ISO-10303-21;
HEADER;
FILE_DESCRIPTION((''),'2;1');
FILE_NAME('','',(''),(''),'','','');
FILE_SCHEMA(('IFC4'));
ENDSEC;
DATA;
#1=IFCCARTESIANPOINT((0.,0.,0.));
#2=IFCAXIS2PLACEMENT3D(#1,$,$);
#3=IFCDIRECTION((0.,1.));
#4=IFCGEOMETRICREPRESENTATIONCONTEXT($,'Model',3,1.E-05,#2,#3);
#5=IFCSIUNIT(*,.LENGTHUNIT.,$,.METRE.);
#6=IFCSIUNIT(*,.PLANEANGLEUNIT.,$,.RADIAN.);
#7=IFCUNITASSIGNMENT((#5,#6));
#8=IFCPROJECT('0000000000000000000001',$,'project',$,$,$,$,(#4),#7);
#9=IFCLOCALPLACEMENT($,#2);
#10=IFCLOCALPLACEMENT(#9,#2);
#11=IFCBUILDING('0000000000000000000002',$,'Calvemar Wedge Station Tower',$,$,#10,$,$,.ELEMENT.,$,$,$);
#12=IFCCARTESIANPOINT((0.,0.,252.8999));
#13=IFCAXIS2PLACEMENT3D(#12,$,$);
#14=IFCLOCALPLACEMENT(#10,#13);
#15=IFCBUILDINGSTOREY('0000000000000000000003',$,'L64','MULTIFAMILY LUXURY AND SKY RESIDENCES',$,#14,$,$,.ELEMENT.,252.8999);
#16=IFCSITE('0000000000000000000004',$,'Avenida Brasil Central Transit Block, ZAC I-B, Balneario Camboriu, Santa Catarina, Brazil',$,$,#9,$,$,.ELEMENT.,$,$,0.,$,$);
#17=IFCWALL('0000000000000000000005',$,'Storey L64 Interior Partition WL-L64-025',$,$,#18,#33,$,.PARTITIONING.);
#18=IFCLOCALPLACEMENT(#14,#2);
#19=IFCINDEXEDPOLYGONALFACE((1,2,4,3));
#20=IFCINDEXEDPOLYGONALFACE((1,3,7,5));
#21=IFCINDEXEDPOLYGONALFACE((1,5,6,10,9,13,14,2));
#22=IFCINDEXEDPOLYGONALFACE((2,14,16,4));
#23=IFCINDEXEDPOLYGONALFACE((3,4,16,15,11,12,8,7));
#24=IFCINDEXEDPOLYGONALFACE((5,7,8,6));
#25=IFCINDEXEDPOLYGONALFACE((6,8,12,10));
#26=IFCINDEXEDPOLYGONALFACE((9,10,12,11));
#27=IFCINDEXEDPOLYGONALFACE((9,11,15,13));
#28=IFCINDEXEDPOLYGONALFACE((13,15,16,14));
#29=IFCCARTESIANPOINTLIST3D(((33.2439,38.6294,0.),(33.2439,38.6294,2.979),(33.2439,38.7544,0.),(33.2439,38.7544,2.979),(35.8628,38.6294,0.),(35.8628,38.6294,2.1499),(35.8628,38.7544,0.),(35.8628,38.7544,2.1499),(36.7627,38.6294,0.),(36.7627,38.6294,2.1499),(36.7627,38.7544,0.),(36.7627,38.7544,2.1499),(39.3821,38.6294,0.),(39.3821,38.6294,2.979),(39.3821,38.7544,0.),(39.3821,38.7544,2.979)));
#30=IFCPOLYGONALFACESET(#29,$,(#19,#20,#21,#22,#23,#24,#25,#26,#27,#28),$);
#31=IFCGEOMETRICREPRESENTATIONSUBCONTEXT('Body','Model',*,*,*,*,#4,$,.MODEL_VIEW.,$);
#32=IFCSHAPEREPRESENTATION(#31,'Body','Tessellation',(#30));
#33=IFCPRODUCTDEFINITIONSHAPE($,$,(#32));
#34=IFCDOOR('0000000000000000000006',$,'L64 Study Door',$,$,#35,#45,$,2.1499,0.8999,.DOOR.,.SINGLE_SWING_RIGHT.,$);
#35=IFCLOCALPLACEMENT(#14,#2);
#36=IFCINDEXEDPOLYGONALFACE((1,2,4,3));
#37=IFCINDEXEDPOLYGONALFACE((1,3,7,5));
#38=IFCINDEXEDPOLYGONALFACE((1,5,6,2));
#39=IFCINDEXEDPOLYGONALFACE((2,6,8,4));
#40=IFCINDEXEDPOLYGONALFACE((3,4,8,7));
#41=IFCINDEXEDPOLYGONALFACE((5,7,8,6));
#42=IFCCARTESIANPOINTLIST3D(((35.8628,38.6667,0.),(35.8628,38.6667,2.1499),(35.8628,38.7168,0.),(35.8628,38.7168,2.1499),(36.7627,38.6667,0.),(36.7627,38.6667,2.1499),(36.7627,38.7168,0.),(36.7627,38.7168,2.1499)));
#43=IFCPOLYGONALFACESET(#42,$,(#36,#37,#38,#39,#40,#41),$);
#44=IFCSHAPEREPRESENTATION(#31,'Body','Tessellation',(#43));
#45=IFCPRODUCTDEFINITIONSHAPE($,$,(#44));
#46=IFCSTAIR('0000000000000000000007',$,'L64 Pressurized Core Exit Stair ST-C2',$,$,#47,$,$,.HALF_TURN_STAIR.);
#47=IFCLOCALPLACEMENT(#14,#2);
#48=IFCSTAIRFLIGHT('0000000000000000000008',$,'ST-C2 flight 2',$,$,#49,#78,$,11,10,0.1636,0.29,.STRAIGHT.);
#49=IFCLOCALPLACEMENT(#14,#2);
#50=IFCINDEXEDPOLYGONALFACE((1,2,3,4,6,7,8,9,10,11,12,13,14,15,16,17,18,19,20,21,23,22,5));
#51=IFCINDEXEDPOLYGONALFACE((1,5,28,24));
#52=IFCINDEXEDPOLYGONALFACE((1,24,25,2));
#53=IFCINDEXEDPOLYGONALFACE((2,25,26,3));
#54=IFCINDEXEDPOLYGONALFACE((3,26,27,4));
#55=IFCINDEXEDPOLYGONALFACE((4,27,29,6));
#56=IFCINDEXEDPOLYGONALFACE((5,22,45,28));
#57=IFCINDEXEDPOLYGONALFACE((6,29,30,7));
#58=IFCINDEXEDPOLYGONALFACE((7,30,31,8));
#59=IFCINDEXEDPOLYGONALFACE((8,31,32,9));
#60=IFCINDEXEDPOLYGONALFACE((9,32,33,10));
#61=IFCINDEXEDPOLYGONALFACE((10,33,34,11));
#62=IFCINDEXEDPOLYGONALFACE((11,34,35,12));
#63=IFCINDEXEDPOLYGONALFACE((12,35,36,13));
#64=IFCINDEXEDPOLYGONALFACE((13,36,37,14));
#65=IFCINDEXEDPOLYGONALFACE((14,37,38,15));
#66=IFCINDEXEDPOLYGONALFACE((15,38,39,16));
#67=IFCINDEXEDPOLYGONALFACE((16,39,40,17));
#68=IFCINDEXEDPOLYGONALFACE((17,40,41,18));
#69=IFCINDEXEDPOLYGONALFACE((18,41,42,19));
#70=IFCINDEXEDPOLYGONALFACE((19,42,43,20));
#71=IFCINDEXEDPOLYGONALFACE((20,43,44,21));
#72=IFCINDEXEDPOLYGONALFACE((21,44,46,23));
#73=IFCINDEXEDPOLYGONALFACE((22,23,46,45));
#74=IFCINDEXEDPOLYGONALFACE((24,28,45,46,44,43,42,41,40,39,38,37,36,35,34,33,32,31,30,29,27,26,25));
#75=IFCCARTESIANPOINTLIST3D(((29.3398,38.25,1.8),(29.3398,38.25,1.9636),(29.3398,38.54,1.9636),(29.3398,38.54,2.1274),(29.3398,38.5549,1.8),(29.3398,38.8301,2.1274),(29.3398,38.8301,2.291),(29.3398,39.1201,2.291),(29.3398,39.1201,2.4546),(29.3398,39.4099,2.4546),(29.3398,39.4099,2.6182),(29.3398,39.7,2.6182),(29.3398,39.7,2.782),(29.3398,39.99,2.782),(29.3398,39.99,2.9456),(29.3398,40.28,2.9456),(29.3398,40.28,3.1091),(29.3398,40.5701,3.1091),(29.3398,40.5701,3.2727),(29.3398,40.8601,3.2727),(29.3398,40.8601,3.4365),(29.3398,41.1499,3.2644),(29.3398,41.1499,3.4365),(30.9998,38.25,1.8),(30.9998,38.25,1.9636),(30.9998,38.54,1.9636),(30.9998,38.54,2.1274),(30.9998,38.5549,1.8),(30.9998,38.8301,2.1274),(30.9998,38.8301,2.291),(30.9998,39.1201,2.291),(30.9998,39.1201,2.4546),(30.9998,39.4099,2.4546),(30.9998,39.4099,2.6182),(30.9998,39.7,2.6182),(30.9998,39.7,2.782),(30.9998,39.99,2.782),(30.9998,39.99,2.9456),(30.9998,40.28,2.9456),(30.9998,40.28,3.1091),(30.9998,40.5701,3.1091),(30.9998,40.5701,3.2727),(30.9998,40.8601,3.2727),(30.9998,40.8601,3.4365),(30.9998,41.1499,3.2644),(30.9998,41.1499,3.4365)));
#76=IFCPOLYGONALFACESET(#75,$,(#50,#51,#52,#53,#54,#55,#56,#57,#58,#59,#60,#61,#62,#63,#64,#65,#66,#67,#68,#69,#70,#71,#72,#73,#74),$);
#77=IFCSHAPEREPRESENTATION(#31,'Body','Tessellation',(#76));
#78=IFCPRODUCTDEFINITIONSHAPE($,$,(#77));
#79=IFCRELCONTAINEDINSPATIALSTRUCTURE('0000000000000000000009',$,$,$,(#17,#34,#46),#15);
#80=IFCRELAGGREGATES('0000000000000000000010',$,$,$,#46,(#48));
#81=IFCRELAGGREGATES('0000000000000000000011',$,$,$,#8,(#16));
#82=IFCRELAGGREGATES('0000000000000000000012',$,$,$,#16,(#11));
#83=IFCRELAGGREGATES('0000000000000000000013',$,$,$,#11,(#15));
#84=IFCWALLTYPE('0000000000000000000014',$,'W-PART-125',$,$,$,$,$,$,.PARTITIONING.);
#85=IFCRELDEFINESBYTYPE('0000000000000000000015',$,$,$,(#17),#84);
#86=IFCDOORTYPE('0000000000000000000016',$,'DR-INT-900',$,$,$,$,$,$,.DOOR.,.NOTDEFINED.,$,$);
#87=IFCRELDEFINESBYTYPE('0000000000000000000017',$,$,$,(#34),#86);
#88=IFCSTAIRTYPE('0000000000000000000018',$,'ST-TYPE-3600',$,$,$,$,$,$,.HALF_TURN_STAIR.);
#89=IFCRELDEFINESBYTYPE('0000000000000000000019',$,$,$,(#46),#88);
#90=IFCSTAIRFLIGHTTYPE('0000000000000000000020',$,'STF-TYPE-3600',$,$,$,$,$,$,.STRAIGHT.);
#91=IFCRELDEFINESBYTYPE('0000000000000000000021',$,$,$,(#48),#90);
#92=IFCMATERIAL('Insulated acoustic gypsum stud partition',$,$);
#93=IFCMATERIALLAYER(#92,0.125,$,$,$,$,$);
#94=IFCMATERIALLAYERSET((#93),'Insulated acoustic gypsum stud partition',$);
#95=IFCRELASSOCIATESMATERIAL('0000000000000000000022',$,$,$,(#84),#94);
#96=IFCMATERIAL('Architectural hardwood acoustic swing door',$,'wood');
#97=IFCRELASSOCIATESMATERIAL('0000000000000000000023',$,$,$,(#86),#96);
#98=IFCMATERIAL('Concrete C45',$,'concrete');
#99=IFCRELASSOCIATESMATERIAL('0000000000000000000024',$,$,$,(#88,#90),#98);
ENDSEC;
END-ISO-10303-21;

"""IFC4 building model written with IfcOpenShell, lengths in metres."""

from ifc_helpers import new_model, si_unit, direction, frame, frame_2d, origin, place, context, subcontext, project, spatial, polyline, rectangle, outline, extrude, source, transform, mapped, material, layer, layer_set, type_object, element, fill, aggregate, save


model = new_model("IFC4")

# Units and contexts
model_context = context("Model", 3, precision=1e-05, world=origin(), true_north=direction((0.0, 1.0)))
body_context = subcontext(model_context, "Body", "Model", "MODEL_VIEW")
ifc_project = project(units=[si_unit("LENGTHUNIT", "METRE"), si_unit("PLANEANGLEUNIT", "RADIAN")], contexts=[model_context])

# Site, building, storey
site_placement = place(None, origin())
site = spatial("IfcSite", under=ifc_project, at=site_placement, Name="Avenida Brasil Central Transit Block, ZAC I-B, Balneario Camboriu, Santa Catarina, Brazil", CompositionType="ELEMENT", RefElevation=0.0)
building_placement = place(site_placement, origin())
building = spatial("IfcBuilding", under=site, at=building_placement, Name="Calvemar Wedge Station Tower", CompositionType="ELEMENT")
storey_placement = place(building_placement, frame((0.0, 0.0, 252.8999)))
storey = spatial("IfcBuildingStorey", under=building, at=storey_placement, Name="L64", Description="MULTIFAMILY LUXURY AND SKY RESIDENCES", CompositionType="ELEMENT", Elevation=252.8999)

# Wall, opening, door
ifc_material_1 = material(Name="Insulated acoustic gypsum stud partition")
ifc_layer_1 = layer(ifc_material_1, 0.125)
ifc_layer_set_1 = layer_set([ifc_layer_1], Name="Insulated acoustic gypsum stud partition")
wall_type_1 = type_object("IfcWallType", Name="W-PART-125", PredefinedType="PARTITIONING", material=ifc_layer_set_1)
wall_1_placement = place(storey_placement, frame((33.2439, 38.6919, 0.0), z_axis=(0.0, 0.0, 1.0), x_axis=(1.0, 0.0, 0.0)))
wall_1 = element("IfcWall", 1, at=wall_1_placement, inside=storey, type_object=wall_type_1, Name="Storey L64 Interior Partition WL-L64-025", PredefinedType="PARTITIONING", context=body_context, shape_type="SweptSolid", body=[
    extrude(rectangle(XDim=6.1382, YDim=0.125, at=frame_2d((3.0691, 0.0))), origin(), (0.0, 0.0, 1.0), 2.979),
])
shared_shape_1 = source(origin(), body_context, "Body", "SweptSolid", [
    extrude(rectangle(XDim=0.8999, YDim=2.1499, at=frame_2d((0.45, 1.075))), frame((0.0, 0.0725, 0.0), z_axis=(0.0, -1.0, 0.0), x_axis=(1.0, 0.0, 0.0)), (0.0, 0.0, 1.0), 0.145),
])
opening_1_placement = place(wall_1_placement, frame((2.6189, 0.0, 0.0)))
opening_1 = element("IfcOpeningElement", 2, at=opening_1_placement, cuts=wall_1, PredefinedType="OPENING", context=body_context, shape_type="MappedRepresentation", body=[
    mapped(shared_shape_1, transform((0.0, 0.0, 0.0), scale=1.0)),
])
ifc_material_2 = material(Name="Architectural hardwood acoustic swing door", Category="wood")
door_type_1 = type_object("IfcDoorType", Name="DR-INT-900", OperationType="NOTDEFINED", PredefinedType="DOOR", material=ifc_material_2)
shared_shape_2 = source(origin(), body_context, "Body", "SweptSolid", [
    extrude(rectangle(XDim=0.8999, YDim=2.1499, at=frame_2d((0.45, 1.075))), frame((0.0, 0.0249, 0.0), z_axis=(0.0, -1.0, 0.0), x_axis=(1.0, 0.0, 0.0)), (0.0, 0.0, 1.0), 0.05),
])
door_1_placement = place(opening_1_placement, origin())
door_1 = element("IfcDoor", 3, at=door_1_placement, inside=storey, type_object=door_type_1, Name="L64 Study Door", OperationType="SINGLE_SWING_RIGHT", OverallHeight=2.1499, OverallWidth=0.8999, PredefinedType="DOOR", context=body_context, shape_type="MappedRepresentation", body=[
    mapped(shared_shape_2, transform((0.0, 0.0, 0.0), scale=1.0)),
])
fill(opening_1, door_1)

# Stair, stair flight
ifc_material_3 = material(Name="Concrete C45", Category="concrete")
stair_type = type_object("IfcStairType", Name="ST-TYPE-3600", PredefinedType="HALF_TURN_STAIR", material=ifc_material_3)
stair_placement = place(storey_placement, origin())
stair = element("IfcStair", 4, at=stair_placement, inside=storey, type_object=stair_type, Name="L64 Pressurized Core Exit Stair ST-C2", PredefinedType="HALF_TURN_STAIR")
stair_flight_type = type_object("IfcStairFlightType", Name="STF-TYPE-3600", PredefinedType="STRAIGHT", material=ifc_material_3)
stair_flight_placement = place(storey_placement, frame((30.1699, 38.25, 1.8), z_axis=(0.0, 0.0, 1.0), x_axis=(0.0, 1.0, 0.0)))
stair_flight = element("IfcStairFlight", 5, at=stair_flight_placement, type_object=stair_flight_type, Name="ST-C2 flight 2", NumberOfRisers=11, NumberOfTreads=10, PredefinedType="STRAIGHT", RiserHeight=0.1636, TreadLength=0.29, context=body_context, shape_type="SweptSolid", body=[
    extrude(outline(polyline([(0.0, 0.0), (0.0, 0.1636), (0.29, 0.1636), (0.29, 0.3274), (0.5801, 0.3274), (0.5801, 0.491), (0.8701, 0.491), (0.8701, 0.6545), (1.1599, 0.6545), (1.1599, 0.8181), (1.45, 0.8181), (1.45, 0.9819), (1.74, 0.9819), (1.74, 1.1455), (2.03, 1.1455), (2.03, 1.3091), (2.3201, 1.3091), (2.3201, 1.4727), (2.6101, 1.4727), (2.6101, 1.6365), (2.8999, 1.6365), (2.8999, 1.8), (2.8999, 1.4644), (0.3049, 0.0), (0.0, 0.0)])), frame((0.0, 0.8301, 0.0), z_axis=(0.0, -1.0, 0.0), x_axis=(1.0, 0.0, 0.0)), (0.0, 0.0, 1.0), 1.6599),
])
aggregate(stair, [stair_flight])

save(model, "model.ifc")
